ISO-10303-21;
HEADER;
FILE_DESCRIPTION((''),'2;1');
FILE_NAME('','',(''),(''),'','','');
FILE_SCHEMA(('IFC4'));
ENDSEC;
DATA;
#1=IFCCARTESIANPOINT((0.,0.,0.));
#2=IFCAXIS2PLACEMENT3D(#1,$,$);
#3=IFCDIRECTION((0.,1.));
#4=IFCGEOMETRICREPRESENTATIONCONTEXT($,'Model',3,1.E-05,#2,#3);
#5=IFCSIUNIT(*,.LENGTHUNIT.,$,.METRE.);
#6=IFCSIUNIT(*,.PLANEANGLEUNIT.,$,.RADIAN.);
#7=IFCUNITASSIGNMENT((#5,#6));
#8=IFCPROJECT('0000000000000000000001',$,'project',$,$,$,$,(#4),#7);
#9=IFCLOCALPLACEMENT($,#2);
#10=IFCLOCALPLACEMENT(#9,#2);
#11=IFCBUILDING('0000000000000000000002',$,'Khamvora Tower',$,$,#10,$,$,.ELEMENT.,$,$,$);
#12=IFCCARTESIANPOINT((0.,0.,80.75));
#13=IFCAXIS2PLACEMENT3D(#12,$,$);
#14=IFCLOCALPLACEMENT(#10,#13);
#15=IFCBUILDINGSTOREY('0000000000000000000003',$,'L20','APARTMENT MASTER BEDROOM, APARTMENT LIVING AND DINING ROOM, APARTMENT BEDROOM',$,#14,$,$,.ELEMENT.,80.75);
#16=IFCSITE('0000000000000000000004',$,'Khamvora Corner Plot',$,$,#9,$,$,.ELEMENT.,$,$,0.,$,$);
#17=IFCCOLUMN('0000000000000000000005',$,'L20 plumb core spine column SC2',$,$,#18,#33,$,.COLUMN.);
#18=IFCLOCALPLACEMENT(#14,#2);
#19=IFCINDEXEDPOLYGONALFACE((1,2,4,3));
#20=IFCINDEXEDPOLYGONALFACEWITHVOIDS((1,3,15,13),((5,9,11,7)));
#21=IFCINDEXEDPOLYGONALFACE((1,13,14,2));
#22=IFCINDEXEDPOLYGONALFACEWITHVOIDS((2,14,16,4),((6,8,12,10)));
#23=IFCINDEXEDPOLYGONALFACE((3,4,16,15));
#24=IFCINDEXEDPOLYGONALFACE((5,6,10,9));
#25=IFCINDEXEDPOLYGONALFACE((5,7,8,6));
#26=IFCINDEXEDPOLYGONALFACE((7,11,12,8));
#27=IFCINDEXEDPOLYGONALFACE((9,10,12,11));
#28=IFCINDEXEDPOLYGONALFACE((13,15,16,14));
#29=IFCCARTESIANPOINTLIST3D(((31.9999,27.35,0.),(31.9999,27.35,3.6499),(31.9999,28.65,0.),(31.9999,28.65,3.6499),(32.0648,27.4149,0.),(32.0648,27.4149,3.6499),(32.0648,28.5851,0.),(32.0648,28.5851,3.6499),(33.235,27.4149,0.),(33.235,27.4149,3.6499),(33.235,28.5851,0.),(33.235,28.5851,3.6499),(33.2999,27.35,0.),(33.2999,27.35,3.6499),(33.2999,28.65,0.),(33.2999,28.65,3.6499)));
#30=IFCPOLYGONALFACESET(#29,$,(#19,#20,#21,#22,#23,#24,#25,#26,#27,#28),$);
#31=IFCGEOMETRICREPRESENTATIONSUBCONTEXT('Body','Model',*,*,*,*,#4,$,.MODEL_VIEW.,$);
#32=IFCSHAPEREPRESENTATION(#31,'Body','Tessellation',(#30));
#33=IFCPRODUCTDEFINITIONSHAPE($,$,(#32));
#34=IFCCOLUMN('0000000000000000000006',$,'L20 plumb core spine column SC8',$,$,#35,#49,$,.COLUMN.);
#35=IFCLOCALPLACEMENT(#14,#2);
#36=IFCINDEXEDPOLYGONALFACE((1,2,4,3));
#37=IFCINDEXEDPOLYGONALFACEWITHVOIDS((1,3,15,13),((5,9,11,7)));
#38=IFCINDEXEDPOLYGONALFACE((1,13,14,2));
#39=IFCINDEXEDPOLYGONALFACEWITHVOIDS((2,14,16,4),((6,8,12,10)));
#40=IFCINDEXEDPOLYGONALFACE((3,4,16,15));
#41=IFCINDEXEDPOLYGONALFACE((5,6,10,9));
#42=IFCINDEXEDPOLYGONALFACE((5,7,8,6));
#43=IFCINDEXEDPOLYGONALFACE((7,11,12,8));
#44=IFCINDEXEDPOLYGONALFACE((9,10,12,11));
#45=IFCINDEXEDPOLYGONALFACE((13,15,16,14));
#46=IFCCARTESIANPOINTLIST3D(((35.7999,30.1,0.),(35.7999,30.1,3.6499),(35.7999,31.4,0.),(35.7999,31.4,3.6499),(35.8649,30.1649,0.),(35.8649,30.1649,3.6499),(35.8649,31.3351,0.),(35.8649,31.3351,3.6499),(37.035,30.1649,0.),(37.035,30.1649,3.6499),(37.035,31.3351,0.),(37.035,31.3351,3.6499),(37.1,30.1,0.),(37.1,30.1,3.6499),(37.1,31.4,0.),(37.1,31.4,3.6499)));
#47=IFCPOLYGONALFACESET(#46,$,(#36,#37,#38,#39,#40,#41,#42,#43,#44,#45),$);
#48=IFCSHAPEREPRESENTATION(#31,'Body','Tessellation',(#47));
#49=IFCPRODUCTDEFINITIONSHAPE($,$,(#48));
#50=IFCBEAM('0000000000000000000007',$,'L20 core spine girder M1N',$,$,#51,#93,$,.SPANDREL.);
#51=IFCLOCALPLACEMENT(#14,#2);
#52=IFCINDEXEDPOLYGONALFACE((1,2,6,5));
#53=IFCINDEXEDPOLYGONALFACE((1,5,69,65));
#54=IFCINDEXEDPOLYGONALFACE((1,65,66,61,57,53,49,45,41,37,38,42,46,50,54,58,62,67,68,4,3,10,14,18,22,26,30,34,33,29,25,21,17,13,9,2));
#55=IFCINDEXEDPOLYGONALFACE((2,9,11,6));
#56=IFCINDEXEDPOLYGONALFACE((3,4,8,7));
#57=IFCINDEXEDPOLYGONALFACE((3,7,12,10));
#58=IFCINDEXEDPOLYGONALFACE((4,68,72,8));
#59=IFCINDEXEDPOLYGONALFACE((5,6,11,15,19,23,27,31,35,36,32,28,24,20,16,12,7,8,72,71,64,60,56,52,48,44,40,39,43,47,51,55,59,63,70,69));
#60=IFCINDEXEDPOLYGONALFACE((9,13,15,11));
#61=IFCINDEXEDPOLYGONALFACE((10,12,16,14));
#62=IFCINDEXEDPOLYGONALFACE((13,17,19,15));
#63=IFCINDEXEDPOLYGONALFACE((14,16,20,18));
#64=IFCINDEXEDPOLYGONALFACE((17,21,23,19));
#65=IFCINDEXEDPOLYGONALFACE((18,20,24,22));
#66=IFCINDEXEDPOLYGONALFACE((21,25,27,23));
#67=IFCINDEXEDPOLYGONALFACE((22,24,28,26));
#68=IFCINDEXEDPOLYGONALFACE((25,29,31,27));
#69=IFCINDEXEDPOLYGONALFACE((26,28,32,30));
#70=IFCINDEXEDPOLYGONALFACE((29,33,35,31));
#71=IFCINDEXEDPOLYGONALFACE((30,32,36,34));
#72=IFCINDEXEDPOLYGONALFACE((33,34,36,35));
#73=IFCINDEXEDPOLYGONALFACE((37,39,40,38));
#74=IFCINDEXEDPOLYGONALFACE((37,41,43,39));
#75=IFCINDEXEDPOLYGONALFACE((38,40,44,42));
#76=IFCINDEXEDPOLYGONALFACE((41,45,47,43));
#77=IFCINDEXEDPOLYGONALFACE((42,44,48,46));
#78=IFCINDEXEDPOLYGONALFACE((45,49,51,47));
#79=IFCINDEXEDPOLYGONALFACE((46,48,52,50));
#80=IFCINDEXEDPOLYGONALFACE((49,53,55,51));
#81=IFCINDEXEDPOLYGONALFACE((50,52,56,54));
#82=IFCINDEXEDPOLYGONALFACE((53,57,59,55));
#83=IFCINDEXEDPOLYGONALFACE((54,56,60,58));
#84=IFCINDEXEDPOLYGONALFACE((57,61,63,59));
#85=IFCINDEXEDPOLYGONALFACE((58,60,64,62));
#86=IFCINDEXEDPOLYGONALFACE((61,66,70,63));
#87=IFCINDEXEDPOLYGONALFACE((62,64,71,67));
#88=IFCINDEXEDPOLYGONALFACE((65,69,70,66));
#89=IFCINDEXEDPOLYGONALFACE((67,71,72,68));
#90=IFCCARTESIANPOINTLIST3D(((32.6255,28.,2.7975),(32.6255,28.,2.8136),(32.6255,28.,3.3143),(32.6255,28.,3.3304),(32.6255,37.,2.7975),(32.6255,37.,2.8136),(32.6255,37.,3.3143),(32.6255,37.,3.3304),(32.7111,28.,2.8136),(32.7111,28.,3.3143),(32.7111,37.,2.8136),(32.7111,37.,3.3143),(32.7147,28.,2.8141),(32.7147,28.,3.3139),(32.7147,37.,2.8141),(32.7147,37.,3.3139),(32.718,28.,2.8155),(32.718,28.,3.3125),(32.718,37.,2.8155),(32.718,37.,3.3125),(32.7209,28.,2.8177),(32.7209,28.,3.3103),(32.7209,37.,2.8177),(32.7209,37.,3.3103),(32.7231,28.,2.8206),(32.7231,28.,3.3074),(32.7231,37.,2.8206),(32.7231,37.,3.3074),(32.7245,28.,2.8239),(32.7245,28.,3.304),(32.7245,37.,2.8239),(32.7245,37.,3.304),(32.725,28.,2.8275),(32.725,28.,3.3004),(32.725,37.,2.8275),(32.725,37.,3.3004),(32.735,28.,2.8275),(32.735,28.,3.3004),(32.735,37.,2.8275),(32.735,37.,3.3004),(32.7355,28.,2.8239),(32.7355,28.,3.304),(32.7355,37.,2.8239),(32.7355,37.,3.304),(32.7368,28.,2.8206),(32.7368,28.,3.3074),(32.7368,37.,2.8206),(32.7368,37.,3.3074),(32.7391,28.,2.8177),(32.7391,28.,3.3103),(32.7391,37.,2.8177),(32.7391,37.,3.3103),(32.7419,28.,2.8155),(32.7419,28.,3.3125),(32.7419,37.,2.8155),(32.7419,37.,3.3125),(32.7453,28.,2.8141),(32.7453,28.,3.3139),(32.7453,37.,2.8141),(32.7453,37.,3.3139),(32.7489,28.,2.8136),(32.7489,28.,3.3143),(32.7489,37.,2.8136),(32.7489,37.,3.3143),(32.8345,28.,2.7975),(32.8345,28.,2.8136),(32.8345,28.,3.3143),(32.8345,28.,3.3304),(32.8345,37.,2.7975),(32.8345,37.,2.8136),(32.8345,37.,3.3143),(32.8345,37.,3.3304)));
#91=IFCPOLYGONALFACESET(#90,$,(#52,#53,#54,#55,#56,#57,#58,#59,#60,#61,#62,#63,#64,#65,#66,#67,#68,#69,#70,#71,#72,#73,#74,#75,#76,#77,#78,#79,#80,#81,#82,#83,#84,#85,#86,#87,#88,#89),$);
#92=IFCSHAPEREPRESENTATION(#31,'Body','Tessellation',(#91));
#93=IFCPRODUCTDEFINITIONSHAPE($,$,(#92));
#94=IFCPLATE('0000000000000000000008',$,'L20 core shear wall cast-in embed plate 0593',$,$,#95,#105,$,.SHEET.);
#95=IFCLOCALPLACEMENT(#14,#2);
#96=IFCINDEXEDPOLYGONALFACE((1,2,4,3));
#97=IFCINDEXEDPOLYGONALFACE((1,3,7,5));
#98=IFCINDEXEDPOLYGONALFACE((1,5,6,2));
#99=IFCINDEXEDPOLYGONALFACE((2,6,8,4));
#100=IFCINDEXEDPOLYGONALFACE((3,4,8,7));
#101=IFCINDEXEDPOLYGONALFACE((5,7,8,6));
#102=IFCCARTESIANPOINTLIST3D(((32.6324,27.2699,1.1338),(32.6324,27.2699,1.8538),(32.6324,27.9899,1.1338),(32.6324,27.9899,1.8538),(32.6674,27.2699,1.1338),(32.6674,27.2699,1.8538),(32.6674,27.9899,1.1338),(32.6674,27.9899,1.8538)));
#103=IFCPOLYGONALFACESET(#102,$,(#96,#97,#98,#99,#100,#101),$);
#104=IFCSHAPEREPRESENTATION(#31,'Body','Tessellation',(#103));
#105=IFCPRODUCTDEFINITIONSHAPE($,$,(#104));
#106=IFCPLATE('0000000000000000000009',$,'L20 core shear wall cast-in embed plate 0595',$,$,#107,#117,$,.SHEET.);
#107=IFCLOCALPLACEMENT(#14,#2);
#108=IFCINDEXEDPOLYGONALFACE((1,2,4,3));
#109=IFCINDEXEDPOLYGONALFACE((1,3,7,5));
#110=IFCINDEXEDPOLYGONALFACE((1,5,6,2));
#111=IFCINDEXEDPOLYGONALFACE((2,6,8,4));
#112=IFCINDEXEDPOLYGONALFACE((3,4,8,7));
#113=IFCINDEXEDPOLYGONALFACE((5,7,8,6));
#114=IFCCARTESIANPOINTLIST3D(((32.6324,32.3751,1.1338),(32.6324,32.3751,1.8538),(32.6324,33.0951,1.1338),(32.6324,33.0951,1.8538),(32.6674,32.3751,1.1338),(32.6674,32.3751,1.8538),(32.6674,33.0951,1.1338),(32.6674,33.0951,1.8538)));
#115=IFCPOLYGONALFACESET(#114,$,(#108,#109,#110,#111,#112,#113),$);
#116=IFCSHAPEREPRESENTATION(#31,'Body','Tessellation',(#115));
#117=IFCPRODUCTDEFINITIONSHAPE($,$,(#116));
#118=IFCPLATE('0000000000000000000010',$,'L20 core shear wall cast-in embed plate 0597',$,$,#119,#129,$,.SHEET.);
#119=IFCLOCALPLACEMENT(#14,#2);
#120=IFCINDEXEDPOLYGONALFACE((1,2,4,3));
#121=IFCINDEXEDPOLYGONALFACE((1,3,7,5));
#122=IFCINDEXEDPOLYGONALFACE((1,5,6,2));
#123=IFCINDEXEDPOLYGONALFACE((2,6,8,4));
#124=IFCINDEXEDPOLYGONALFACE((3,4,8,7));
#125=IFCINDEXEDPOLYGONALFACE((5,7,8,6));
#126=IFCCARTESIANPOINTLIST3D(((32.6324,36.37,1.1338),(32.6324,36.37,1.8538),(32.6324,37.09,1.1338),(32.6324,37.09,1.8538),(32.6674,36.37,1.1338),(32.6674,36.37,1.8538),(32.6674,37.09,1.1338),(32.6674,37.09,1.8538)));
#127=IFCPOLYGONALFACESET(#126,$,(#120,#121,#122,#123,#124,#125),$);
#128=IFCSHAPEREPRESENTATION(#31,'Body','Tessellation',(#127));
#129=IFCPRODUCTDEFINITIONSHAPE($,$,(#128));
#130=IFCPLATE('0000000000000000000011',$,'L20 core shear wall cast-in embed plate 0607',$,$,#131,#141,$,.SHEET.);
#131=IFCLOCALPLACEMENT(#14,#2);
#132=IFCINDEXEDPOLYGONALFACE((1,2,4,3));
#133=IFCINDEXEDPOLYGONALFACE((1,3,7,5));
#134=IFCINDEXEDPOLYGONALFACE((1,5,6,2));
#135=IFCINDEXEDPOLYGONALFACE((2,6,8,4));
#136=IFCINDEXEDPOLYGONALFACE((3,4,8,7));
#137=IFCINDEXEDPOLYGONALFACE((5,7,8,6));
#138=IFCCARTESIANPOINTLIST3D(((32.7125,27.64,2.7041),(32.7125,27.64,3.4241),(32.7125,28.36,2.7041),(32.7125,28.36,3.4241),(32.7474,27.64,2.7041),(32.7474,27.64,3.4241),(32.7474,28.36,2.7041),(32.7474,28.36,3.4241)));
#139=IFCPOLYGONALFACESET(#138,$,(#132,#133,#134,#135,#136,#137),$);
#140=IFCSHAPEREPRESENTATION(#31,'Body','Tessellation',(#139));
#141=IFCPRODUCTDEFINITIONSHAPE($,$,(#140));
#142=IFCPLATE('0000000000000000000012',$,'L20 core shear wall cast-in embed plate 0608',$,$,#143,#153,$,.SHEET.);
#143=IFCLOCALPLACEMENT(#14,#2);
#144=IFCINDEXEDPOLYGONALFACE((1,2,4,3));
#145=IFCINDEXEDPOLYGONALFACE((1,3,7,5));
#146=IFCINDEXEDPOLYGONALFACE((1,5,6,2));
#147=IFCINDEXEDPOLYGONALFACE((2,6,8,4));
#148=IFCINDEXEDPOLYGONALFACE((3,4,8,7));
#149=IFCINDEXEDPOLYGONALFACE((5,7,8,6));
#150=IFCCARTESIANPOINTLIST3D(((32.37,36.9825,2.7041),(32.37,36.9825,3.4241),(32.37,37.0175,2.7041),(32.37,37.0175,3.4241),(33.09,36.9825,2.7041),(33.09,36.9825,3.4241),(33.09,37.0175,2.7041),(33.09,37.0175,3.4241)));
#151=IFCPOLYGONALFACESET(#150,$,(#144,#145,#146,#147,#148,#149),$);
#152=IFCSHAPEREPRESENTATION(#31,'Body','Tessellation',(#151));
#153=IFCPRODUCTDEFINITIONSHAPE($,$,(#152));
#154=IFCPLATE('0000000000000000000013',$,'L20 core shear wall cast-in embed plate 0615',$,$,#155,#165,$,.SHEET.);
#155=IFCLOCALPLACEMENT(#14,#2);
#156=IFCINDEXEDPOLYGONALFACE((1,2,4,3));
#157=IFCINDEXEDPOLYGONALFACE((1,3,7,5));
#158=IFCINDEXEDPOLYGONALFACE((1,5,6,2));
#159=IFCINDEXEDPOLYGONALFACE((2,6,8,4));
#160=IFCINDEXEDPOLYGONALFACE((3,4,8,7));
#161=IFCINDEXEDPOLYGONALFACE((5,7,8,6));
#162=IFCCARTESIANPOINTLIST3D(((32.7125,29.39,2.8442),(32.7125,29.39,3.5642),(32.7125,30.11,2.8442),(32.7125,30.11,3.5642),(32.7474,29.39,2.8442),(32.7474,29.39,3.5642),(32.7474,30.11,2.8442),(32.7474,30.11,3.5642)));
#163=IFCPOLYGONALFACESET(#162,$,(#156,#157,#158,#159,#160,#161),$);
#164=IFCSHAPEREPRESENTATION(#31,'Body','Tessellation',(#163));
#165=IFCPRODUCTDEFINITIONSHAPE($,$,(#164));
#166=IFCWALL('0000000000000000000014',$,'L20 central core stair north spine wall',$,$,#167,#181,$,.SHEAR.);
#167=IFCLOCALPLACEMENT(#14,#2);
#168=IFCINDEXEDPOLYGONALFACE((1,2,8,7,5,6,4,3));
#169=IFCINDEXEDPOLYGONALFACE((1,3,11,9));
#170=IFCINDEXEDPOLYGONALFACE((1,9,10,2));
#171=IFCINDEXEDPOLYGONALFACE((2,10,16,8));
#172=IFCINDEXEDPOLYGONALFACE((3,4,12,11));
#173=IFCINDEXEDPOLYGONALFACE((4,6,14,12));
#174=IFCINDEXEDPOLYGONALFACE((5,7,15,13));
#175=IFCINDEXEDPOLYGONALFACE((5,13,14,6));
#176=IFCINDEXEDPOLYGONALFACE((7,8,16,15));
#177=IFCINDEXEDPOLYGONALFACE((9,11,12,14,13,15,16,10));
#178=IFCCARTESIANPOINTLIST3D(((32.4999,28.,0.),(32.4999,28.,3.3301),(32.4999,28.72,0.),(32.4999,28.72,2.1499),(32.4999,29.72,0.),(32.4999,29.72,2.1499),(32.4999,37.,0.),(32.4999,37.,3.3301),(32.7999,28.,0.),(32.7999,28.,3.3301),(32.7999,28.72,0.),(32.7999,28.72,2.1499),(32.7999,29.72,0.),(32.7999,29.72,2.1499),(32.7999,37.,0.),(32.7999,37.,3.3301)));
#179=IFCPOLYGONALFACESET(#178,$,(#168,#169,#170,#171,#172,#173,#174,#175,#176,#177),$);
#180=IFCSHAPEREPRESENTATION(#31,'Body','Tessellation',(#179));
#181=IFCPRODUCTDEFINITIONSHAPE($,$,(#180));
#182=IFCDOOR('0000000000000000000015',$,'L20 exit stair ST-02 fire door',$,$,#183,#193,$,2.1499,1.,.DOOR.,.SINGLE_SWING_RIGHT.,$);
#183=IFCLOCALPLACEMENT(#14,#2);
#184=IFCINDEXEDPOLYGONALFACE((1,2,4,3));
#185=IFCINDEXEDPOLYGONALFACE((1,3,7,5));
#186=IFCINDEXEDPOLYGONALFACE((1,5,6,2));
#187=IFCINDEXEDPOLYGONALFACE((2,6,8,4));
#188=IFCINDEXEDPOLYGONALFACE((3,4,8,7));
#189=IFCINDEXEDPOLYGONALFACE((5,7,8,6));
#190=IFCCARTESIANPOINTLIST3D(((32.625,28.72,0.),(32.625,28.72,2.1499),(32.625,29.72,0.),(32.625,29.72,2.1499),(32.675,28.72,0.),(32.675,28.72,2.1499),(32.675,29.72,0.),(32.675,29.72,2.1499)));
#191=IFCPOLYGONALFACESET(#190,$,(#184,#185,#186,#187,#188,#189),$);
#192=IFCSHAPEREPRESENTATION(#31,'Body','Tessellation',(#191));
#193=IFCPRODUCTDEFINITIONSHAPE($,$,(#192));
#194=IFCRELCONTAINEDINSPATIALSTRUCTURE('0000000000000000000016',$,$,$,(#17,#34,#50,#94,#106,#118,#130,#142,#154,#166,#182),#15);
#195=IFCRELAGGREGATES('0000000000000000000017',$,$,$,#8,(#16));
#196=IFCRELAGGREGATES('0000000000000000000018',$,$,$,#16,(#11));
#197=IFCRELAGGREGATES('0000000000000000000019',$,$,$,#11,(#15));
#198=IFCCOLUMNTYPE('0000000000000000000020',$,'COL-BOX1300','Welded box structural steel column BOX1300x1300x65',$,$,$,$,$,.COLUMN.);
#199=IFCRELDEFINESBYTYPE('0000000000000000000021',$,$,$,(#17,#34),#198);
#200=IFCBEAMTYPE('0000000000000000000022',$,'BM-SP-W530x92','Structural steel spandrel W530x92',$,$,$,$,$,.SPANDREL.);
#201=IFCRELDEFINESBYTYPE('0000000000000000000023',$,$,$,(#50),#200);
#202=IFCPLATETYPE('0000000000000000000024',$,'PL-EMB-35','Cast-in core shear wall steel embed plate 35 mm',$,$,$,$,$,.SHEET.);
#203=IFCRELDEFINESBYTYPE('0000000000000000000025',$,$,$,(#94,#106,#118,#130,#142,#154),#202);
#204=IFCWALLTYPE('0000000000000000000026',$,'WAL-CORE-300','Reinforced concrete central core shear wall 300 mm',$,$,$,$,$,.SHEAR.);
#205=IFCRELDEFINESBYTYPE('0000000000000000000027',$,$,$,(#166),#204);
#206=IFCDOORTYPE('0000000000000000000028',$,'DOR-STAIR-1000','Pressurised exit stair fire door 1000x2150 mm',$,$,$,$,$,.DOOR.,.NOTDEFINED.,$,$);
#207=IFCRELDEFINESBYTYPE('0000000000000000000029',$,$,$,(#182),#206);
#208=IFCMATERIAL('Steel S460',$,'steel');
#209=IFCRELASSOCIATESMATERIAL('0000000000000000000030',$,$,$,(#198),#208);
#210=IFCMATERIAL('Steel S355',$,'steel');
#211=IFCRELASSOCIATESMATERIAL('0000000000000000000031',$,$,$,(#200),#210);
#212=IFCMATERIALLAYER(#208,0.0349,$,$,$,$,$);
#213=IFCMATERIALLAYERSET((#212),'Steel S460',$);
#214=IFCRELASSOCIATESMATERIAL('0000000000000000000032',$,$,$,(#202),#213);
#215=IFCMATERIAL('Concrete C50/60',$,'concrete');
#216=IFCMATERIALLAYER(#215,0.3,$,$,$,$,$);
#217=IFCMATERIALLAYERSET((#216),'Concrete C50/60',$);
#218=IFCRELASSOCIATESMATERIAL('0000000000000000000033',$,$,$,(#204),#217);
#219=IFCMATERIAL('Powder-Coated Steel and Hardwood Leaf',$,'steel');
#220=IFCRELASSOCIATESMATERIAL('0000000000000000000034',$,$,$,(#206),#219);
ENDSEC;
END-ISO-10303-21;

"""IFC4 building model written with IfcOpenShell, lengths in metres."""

from ifc_helpers import new_model, si_unit, direction, frame, frame_2d, origin, origin_2d, place, context, subcontext, project, spatial, rectangle, hollow_rectangle, i_section, extrude, material, layer, layer_set, material_profile, profile_set, type_object, element, fill, save


model = new_model("IFC4")

# Units and contexts
model_context = context("Model", 3, precision=1e-05, world=origin(), true_north=direction((0.0, 1.0)))
body_context = subcontext(model_context, "Body", "Model", "MODEL_VIEW")
ifc_project = project(units=[si_unit("LENGTHUNIT", "METRE"), si_unit("PLANEANGLEUNIT", "RADIAN")], contexts=[model_context])

# Site, building, storey
site_placement = place(None, origin())
site = spatial("IfcSite", under=ifc_project, at=site_placement, Name="Khamvora Corner Plot", CompositionType="ELEMENT", RefElevation=0.0)
building_placement = place(site_placement, origin())
building = spatial("IfcBuilding", under=site, at=building_placement, Name="Khamvora Tower", CompositionType="ELEMENT")
storey_placement = place(building_placement, frame((0.0, 0.0, 80.75)))
storey = spatial("IfcBuildingStorey", under=building, at=storey_placement, Name="L20", Description="APARTMENT MASTER BEDROOM, APARTMENT LIVING AND DINING ROOM, APARTMENT BEDROOM", CompositionType="ELEMENT", Elevation=80.75)

# Columns
ifc_material_1 = material(Name="Steel S460", Category="steel")
ifc_material_profile_1 = material_profile(ifc_material_1, hollow_rectangle(XDim=1.3, YDim=1.3, WallThickness=0.0649, at=origin_2d()), Name="BOX1300x1300x65")
ifc_profile_set_1 = profile_set([ifc_material_profile_1], Name="Steel S460")
column_type = type_object("IfcColumnType", Name="COL-BOX1300", Description="Welded box structural steel column BOX1300x1300x65", PredefinedType="COLUMN", material=ifc_profile_set_1)
for number, where, z_axis, x_axis, name in (
    (1, (32.6499, 28.0, 0.0), (0.0, 0.0, 1.0), (1.0, 0.0, 0.0), "L20 plumb core spine column SC2"),
    (2, (36.45, 30.75, 0.0), (0.0, 0.0, 1.0), (1.0, 0.0, 0.0), "L20 plumb core spine column SC8"),
):
    element("IfcColumn", number, at=place(storey_placement, frame(where, z_axis=z_axis, x_axis=x_axis)), inside=storey, type_object=column_type, Name=name, PredefinedType="COLUMN", context=body_context, shape_type="SweptSolid", body=[
        extrude(hollow_rectangle(XDim=1.3, YDim=1.3, WallThickness=0.0649, at=origin_2d()), origin(), (0.0, 0.0, 1.0), 3.6499),
    ])

# Beam
ifc_material_2 = material(Name="Steel S355", Category="steel")
ifc_material_profile_2 = material_profile(ifc_material_2, i_section(OverallWidth=0.209, OverallDepth=0.533, WebThickness=0.01, FlangeThickness=0.0161, FilletRadius=0.0139, at=origin_2d()), Name="W530x92")
ifc_profile_set_2 = profile_set([ifc_material_profile_2], Name="Steel S355")
beam_type = type_object("IfcBeamType", Name="BM-SP-W530x92", Description="Structural steel spandrel W530x92", PredefinedType="SPANDREL", material=ifc_profile_set_2)
beam_placement = place(storey_placement, frame((32.73, 28.0, 3.064), z_axis=(0.0, 1.0, 0.0), x_axis=(-1.0, 0.0, 0.0)))
element("IfcBeam", 3, at=beam_placement, inside=storey, type_object=beam_type, Name="L20 core spine girder M1N", PredefinedType="SPANDREL", context=body_context, shape_type="SweptSolid", body=[
    extrude(i_section(OverallWidth=0.209, OverallDepth=0.533, WebThickness=0.01, FlangeThickness=0.0161, FilletRadius=0.0139, at=origin_2d()), origin(), (0.0, 0.0, 1.0), 9.0),
])

# Plates
ifc_layer_1 = layer(ifc_material_1, 0.0349)
ifc_layer_set_1 = layer_set([ifc_layer_1], Name="Steel S460")
plate_type = type_object("IfcPlateType", Name="PL-EMB-35", Description="Cast-in core shear wall steel embed plate 35 mm", PredefinedType="SHEET", material=ifc_layer_set_1)
for number, where, z_axis, x_axis, name in (
    (4, (32.6499, 27.6299, 1.1338), (0.0, 0.0, 1.0), (1.0, 0.0, 0.0), "L20 core shear wall cast-in embed plate 0593"),
    (5, (32.6499, 32.7351, 1.1338), (0.0, 0.0, 1.0), (1.0, 0.0, 0.0), "L20 core shear wall cast-in embed plate 0595"),
    (6, (32.6499, 36.73, 1.1338), (0.0, 0.0, 1.0), (1.0, 0.0, 0.0), "L20 core shear wall cast-in embed plate 0597"),
    (7, (32.73, 28.0, 2.7041), (0.0, 0.0, 1.0), (1.0, 0.0, 0.0), "L20 core shear wall cast-in embed plate 0607"),
):
    element("IfcPlate", number, at=place(storey_placement, frame(where, z_axis=z_axis, x_axis=x_axis)), inside=storey, type_object=plate_type, Name=name, PredefinedType="SHEET", context=body_context, shape_type="SweptSolid", body=[
        extrude(rectangle(XDim=0.0349, YDim=0.72, at=origin_2d()), origin(), (0.0, 0.0, 1.0), 0.72),
    ])
plate_1_placement = place(storey_placement, frame((32.73, 37.0, 2.7041), z_axis=(0.0, 0.0, 1.0), x_axis=(1.0, 0.0, 0.0)))
element("IfcPlate", 8, at=plate_1_placement, inside=storey, type_object=plate_type, Name="L20 core shear wall cast-in embed plate 0608", PredefinedType="SHEET", context=body_context, shape_type="SweptSolid", body=[
    extrude(rectangle(XDim=0.72, YDim=0.0349, at=origin_2d()), origin(), (0.0, 0.0, 1.0), 0.72),
])
plate_2_placement = place(storey_placement, frame((32.73, 29.75, 2.8442), z_axis=(0.0, 0.0, 1.0), x_axis=(1.0, 0.0, 0.0)))
element("IfcPlate", 9, at=plate_2_placement, inside=storey, type_object=plate_type, Name="L20 core shear wall cast-in embed plate 0615", PredefinedType="SHEET", context=body_context, shape_type="SweptSolid", body=[
    extrude(rectangle(XDim=0.0349, YDim=0.72, at=origin_2d()), origin(), (0.0, 0.0, 1.0), 0.72),
])

# Wall, opening, door
ifc_material_3 = material(Name="Concrete C50/60", Category="concrete")
ifc_layer_2 = layer(ifc_material_3, 0.3)
ifc_layer_set_2 = layer_set([ifc_layer_2], Name="Concrete C50/60")
wall_type_1 = type_object("IfcWallType", Name="WAL-CORE-300", Description="Reinforced concrete central core shear wall 300 mm", PredefinedType="SHEAR", material=ifc_layer_set_2)
wall_1_placement = place(storey_placement, frame((32.6499, 28.0, 0.0), z_axis=(0.0, 0.0, 1.0), x_axis=(0.0, 1.0, 0.0)))
wall_1 = element("IfcWall", 10, at=wall_1_placement, inside=storey, type_object=wall_type_1, Name="L20 central core stair north spine wall", PredefinedType="SHEAR", context=body_context, shape_type="SweptSolid", body=[
    extrude(rectangle(XDim=9.0, YDim=0.3, at=frame_2d((4.5, 0.0))), origin(), (0.0, 0.0, 1.0), 3.3301),
])
opening_1_placement = place(wall_1_placement, frame((0.72, 0.0, 0.0)))
opening_1 = element("IfcOpeningElement", 11, at=opening_1_placement, cuts=wall_1, PredefinedType="OPENING", context=body_context, shape_type="SweptSolid", body=[
    extrude(rectangle(XDim=1.0, YDim=2.1499, at=frame_2d((0.5, 1.075))), frame((0.0, 0.1599, 0.0), z_axis=(0.0, -1.0, 0.0), x_axis=(1.0, 0.0, 0.0)), (0.0, 0.0, 1.0), 0.3201),
])
ifc_material_4 = material(Name="Powder-Coated Steel and Hardwood Leaf", Category="steel")
door_type_1 = type_object("IfcDoorType", Name="DOR-STAIR-1000", Description="Pressurised exit stair fire door 1000x2150 mm", OperationType="NOTDEFINED", PredefinedType="DOOR", material=ifc_material_4)
door_1_placement = place(opening_1_placement, origin())
door_1 = element("IfcDoor", 12, at=door_1_placement, inside=storey, type_object=door_type_1, Name="L20 exit stair ST-02 fire door", OperationType="SINGLE_SWING_RIGHT", OverallHeight=2.1499, OverallWidth=1.0, PredefinedType="DOOR", context=body_context, shape_type="SweptSolid", body=[
    extrude(rectangle(XDim=1.0, YDim=2.1499, at=frame_2d((0.5, 1.075))), frame((0.0, 0.0249, 0.0), z_axis=(0.0, -1.0, 0.0), x_axis=(1.0, 0.0, 0.0)), (0.0, 0.0, 1.0), 0.05),
])
fill(opening_1, door_1)

save(model, "model.ifc")
